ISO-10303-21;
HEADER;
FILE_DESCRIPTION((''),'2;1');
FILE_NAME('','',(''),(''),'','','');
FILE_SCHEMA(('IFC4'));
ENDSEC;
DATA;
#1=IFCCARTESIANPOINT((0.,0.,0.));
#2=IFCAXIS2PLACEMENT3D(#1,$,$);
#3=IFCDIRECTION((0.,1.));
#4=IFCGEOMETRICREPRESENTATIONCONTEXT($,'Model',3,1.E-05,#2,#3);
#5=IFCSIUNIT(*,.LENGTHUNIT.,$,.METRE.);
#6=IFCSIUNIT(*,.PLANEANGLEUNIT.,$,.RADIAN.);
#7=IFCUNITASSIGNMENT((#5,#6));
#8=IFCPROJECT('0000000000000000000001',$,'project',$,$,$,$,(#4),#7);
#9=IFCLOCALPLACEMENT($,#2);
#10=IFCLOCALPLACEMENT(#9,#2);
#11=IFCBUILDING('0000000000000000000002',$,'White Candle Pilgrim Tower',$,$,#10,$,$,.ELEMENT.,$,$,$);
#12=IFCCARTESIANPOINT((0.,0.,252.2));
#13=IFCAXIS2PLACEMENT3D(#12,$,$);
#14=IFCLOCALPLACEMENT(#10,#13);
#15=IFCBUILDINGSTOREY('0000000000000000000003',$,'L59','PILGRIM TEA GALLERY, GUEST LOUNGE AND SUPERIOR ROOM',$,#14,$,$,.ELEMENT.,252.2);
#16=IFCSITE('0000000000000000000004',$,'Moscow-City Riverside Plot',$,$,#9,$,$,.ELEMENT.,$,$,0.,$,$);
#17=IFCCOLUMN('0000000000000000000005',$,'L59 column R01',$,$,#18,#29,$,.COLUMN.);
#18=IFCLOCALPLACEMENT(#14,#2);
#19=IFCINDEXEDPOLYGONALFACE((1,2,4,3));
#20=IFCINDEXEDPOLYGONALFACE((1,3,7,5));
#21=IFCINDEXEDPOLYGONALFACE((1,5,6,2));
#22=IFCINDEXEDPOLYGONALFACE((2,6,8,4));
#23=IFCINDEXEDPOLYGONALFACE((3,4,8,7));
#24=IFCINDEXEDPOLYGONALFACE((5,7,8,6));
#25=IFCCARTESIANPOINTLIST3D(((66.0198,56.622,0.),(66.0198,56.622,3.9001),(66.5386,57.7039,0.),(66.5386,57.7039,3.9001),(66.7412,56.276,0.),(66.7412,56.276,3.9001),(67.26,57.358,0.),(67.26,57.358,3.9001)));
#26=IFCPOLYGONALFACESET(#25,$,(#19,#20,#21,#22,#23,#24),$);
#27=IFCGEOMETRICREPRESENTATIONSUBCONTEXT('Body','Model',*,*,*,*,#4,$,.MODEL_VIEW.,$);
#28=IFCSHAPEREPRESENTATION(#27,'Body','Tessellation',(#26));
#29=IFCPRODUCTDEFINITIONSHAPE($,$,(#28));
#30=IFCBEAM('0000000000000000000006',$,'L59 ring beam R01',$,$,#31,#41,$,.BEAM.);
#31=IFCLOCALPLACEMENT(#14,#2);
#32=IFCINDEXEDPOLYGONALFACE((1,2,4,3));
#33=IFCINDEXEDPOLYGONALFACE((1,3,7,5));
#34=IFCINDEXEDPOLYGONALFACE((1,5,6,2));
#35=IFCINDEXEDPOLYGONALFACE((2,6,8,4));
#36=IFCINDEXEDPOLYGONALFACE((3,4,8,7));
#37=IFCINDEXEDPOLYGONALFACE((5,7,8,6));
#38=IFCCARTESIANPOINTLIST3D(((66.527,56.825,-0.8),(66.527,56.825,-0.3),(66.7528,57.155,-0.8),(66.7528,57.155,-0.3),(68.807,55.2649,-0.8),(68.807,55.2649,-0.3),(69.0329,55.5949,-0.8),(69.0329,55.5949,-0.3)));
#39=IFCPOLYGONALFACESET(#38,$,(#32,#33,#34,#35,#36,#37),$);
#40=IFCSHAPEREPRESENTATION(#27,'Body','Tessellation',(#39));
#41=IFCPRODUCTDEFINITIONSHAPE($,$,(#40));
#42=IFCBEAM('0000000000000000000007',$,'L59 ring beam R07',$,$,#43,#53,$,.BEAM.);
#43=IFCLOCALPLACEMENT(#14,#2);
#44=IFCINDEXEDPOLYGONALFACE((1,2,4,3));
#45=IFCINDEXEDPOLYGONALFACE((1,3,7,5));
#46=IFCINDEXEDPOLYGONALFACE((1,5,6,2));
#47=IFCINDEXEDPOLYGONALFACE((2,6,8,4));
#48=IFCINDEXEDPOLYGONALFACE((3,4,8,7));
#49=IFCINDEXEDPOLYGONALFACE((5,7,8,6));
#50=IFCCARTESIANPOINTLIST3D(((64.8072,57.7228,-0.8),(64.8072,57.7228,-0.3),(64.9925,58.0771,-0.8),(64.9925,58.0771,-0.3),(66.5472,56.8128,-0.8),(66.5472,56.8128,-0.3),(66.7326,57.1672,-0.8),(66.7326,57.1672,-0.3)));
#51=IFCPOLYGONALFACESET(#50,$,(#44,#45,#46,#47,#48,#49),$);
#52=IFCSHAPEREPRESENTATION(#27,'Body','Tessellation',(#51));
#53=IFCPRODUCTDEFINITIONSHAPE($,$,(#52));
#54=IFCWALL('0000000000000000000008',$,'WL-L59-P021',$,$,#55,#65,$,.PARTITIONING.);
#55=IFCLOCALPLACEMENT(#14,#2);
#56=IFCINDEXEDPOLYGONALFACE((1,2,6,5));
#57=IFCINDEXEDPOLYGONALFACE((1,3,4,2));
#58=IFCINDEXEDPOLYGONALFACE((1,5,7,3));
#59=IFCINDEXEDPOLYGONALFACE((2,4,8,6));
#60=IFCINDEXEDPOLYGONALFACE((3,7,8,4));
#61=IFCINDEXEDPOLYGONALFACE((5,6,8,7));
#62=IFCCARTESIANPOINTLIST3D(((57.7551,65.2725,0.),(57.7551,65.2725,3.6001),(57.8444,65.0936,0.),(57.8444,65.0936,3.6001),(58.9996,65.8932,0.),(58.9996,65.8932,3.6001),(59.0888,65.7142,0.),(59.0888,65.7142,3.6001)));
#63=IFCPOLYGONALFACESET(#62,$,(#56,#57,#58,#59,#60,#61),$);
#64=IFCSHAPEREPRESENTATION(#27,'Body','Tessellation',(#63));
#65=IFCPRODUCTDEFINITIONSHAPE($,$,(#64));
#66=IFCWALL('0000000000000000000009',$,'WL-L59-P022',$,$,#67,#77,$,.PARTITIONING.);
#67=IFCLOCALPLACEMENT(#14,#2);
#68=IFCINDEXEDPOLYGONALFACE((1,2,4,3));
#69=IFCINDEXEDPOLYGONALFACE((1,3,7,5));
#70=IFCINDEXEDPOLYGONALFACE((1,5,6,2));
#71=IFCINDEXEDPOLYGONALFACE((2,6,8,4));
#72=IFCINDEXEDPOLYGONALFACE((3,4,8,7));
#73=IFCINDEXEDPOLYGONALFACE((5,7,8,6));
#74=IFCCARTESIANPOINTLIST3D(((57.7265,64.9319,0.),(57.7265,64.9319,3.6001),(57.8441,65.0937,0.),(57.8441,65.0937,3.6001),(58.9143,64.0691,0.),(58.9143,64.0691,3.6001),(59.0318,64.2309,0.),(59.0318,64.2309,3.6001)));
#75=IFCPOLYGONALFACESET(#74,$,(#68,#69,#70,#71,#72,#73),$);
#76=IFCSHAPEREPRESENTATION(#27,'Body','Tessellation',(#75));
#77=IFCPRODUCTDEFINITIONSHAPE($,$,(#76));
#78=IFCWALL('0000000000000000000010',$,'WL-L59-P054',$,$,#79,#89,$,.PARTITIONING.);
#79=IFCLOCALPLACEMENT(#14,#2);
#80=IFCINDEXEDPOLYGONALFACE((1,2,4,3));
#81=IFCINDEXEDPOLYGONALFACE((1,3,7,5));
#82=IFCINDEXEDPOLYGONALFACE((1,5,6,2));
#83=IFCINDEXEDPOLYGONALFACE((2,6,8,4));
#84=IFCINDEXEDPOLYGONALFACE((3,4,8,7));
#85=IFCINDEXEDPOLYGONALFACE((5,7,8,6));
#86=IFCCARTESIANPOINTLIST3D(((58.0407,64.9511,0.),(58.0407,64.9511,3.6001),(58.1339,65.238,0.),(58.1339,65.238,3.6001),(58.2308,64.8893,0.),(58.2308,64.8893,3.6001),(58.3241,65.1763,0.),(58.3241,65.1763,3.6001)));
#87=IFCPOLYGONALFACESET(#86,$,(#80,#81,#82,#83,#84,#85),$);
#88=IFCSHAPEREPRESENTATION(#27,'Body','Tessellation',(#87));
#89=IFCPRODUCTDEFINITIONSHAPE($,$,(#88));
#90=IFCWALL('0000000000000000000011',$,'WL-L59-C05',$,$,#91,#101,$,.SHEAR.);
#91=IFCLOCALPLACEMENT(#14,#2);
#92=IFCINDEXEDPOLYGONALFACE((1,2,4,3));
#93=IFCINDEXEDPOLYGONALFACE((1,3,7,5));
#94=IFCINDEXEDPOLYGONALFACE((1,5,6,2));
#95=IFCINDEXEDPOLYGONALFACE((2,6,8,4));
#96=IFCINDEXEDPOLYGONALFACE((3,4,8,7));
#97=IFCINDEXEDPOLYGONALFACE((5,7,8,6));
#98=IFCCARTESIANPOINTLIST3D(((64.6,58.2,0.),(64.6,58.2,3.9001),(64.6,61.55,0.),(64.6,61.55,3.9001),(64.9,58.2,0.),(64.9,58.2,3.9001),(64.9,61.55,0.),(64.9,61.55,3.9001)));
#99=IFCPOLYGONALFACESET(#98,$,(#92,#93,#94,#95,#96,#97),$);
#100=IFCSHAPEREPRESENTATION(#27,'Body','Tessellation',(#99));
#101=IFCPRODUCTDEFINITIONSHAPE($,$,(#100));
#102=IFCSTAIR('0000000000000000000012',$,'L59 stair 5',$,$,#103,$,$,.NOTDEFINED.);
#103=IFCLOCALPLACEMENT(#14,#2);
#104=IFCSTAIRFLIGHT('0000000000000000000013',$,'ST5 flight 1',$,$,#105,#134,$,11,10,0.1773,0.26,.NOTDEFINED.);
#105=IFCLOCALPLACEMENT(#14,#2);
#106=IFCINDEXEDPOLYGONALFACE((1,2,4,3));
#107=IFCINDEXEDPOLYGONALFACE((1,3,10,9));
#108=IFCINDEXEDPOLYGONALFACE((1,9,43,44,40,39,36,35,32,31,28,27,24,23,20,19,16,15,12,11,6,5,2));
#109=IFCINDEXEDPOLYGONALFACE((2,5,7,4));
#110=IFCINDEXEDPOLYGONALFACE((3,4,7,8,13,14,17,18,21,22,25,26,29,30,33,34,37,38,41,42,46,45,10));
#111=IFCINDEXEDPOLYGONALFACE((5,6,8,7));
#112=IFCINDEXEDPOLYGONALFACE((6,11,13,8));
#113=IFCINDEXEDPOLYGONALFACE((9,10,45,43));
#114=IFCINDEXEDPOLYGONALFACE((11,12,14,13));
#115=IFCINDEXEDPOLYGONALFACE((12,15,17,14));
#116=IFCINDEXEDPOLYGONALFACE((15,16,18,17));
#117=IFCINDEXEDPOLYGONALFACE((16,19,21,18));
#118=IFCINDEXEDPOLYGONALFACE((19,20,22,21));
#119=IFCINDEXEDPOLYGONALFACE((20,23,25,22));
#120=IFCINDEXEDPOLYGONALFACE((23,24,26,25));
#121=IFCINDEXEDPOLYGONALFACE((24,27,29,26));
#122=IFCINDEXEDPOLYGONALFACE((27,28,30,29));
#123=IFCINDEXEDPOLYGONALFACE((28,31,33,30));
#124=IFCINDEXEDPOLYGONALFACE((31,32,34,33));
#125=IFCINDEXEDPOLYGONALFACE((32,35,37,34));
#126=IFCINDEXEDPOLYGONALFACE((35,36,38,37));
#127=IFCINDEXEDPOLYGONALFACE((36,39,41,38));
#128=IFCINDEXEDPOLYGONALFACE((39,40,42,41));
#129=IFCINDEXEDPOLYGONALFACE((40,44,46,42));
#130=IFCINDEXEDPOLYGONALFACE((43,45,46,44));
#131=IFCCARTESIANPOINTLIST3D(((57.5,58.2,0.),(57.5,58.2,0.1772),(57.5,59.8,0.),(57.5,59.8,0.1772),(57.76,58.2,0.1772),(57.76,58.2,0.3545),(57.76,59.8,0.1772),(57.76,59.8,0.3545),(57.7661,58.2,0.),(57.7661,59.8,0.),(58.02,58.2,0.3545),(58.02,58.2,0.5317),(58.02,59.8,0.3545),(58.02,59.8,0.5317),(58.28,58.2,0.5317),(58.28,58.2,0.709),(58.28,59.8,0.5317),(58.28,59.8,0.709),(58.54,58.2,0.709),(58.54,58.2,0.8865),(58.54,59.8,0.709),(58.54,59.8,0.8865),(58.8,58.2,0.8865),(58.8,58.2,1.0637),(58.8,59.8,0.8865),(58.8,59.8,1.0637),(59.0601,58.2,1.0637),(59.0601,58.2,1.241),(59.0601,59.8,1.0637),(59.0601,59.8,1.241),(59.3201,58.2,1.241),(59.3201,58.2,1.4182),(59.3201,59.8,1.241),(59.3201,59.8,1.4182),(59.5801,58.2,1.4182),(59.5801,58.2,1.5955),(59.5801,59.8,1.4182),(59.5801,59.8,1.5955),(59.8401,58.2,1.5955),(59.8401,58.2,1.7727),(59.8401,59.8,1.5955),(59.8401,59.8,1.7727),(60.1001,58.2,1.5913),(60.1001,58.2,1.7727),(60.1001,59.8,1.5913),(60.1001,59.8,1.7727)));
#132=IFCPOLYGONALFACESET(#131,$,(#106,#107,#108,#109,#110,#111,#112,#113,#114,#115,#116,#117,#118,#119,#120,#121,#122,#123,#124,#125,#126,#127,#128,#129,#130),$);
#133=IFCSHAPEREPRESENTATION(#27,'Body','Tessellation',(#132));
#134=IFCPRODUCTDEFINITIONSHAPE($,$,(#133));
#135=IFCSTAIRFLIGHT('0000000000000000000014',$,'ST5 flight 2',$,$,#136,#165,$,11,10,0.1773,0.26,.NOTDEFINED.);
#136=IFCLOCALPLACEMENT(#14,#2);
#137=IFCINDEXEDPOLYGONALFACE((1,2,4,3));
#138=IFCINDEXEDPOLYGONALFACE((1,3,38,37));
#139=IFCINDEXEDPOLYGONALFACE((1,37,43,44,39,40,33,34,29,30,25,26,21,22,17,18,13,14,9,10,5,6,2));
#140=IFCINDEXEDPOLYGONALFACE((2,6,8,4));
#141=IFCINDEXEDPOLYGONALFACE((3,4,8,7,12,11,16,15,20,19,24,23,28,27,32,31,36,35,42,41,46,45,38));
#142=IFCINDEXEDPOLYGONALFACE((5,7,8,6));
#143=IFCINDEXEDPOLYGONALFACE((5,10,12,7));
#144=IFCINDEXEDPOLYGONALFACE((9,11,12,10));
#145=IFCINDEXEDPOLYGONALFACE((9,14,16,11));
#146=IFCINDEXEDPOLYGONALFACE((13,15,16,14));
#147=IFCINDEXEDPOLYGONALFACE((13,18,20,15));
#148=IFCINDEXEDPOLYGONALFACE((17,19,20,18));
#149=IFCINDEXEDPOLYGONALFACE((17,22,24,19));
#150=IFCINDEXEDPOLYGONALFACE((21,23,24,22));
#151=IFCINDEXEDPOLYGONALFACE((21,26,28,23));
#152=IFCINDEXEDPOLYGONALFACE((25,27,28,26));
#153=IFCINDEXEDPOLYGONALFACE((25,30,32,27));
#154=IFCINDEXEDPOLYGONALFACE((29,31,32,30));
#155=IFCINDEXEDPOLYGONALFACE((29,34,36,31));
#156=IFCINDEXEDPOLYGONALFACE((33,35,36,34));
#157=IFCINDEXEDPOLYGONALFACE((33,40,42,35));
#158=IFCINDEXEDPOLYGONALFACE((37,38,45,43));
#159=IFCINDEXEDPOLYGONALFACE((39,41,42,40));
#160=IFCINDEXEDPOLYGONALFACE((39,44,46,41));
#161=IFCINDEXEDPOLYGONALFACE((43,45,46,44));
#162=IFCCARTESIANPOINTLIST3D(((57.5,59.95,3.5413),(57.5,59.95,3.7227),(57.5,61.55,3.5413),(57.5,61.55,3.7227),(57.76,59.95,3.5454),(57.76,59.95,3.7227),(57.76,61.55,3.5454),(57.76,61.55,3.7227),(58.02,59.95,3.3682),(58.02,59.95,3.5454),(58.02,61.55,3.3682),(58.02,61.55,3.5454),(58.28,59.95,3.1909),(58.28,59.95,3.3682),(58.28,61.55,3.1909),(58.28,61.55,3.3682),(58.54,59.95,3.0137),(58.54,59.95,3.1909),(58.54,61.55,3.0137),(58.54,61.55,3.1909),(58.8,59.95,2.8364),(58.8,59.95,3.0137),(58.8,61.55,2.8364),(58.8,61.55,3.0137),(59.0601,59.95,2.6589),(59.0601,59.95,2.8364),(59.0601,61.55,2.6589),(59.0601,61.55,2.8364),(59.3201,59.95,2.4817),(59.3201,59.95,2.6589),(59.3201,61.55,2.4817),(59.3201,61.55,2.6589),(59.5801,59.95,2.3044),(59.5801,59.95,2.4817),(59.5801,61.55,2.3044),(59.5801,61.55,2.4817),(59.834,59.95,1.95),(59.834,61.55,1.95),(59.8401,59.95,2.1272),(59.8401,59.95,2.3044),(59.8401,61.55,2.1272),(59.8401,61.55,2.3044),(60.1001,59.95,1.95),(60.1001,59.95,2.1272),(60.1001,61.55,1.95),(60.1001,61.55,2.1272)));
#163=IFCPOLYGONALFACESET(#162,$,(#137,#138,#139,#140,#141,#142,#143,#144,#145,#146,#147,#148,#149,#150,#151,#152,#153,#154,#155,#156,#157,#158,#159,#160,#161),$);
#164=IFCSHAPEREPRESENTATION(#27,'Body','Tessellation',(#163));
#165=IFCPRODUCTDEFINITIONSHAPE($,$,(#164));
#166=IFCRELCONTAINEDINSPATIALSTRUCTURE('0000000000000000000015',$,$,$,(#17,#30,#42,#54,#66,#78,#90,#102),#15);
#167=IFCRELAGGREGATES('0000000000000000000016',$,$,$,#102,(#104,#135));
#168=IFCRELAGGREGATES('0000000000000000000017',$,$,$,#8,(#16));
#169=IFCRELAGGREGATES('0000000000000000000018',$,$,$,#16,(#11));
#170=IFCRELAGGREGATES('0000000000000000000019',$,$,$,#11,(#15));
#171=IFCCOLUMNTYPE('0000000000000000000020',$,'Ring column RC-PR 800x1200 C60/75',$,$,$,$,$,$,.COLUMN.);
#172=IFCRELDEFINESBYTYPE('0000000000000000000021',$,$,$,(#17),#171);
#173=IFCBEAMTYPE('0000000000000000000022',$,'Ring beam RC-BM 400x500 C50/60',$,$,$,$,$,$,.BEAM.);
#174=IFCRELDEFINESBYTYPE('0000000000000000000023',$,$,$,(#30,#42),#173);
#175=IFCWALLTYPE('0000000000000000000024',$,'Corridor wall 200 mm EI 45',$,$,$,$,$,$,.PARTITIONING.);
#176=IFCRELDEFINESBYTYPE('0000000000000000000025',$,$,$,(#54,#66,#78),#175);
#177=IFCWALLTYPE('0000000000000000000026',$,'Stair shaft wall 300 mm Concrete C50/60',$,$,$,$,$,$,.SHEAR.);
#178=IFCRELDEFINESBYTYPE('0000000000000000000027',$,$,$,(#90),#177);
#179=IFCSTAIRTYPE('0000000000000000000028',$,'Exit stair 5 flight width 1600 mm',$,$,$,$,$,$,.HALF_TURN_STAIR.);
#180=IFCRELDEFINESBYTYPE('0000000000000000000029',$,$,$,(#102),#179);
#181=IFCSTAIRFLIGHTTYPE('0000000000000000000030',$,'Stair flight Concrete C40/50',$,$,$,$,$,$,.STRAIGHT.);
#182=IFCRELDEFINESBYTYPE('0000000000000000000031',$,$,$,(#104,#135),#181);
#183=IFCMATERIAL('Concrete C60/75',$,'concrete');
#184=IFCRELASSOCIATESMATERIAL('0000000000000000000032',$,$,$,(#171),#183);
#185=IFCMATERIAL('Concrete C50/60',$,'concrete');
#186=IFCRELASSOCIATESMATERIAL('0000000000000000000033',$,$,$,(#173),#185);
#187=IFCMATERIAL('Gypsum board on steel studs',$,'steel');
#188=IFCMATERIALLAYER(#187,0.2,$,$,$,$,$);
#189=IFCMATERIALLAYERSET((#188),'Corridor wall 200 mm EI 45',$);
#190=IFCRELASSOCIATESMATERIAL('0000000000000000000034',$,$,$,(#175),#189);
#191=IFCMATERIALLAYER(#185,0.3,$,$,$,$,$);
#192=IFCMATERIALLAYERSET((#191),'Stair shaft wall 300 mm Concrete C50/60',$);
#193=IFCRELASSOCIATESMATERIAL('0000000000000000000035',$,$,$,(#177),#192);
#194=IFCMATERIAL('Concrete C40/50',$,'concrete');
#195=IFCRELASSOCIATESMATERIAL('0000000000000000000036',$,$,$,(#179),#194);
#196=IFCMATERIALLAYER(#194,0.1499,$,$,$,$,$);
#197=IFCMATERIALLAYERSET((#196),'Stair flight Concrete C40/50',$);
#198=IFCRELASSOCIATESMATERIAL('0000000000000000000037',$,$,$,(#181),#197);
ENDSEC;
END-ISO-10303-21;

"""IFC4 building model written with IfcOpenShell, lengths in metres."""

from ifc_helpers import new_model, si_unit, direction, frame, frame_2d, origin, origin_2d, place, context, subcontext, project, spatial, polyline, rectangle, outline, extrude, material, layer, layer_set, material_profile, profile_set, type_object, element, aggregate, save


model = new_model("IFC4")

# Units and contexts
model_context = context("Model", 3, precision=1e-05, world=origin(), true_north=direction((0.0, 1.0)))
body_context = subcontext(model_context, "Body", "Model", "MODEL_VIEW")
ifc_project = project(units=[si_unit("LENGTHUNIT", "METRE"), si_unit("PLANEANGLEUNIT", "RADIAN")], contexts=[model_context])

# Site, building, storey
site_placement = place(None, origin())
site = spatial("IfcSite", under=ifc_project, at=site_placement, Name="Moscow-City Riverside Plot", CompositionType="ELEMENT", RefElevation=0.0)
building_placement = place(site_placement, origin())
building = spatial("IfcBuilding", under=site, at=building_placement, Name="White Candle Pilgrim Tower", CompositionType="ELEMENT")
storey_placement = place(building_placement, frame((0.0, 0.0, 252.2)))
storey = spatial("IfcBuildingStorey", under=building, at=storey_placement, Name="L59", Description="PILGRIM TEA GALLERY, GUEST LOUNGE AND SUPERIOR ROOM", CompositionType="ELEMENT", Elevation=252.2)

# Column
ifc_material_1 = material(Name="Concrete C60/75", Category="concrete")
ifc_material_profile_1 = material_profile(ifc_material_1, rectangle(XDim=0.8, YDim=1.2, at=origin_2d()), Name="RC-PR 800x1200")
ifc_profile_set_1 = profile_set([ifc_material_profile_1], Name="Concrete C60/75")
column_type = type_object("IfcColumnType", Name="Ring column RC-PR 800x1200 C60/75", PredefinedType="COLUMN", material=ifc_profile_set_1)
column_placement = place(storey_placement, frame((66.6399, 56.99, 0.0), z_axis=(0.0, 0.0, 1.0), x_axis=(-0.901689, 0.432385, 0.0)))
element("IfcColumn", 1, at=column_placement, inside=storey, type_object=column_type, Name="L59 column R01", PredefinedType="COLUMN", context=body_context, shape_type="SweptSolid", body=[
    extrude(rectangle(XDim=0.8, YDim=1.2, at=origin_2d()), origin(), (0.0, 0.0, 1.0), 3.9001),
])

# Beams
ifc_material_2 = material(Name="Concrete C50/60", Category="concrete")
ifc_material_profile_2 = material_profile(ifc_material_2, rectangle(XDim=0.3999, YDim=0.5, at=origin_2d()), Name="RC-BM 400x500")
ifc_profile_set_2 = profile_set([ifc_material_profile_2], Name="Concrete C50/60")
beam_type = type_object("IfcBeamType", Name="Ring beam RC-BM 400x500 C50/60", PredefinedType="BEAM", material=ifc_profile_set_2)
beam_1_placement = place(storey_placement, frame((66.6399, 56.99, -0.55), z_axis=(0.825301, -0.564693, 0.0), x_axis=(0.564693, 0.825301, 0.0)))
element("IfcBeam", 2, at=beam_1_placement, inside=storey, type_object=beam_type, Name="L59 ring beam R01", PredefinedType="BEAM", context=body_context, shape_type="SweptSolid", body=[
    extrude(rectangle(XDim=0.3999, YDim=0.5, at=origin_2d()), origin(), (0.0, 0.0, 1.0), 2.7627),
])
beam_2_placement = place(storey_placement, frame((66.6399, 56.99, -0.55), z_axis=(-0.886148, 0.463403, 0.0), x_axis=(-0.463403, -0.886148, 0.0)))
element("IfcBeam", 3, at=beam_2_placement, inside=storey, type_object=beam_type, Name="L59 ring beam R07", PredefinedType="BEAM", context=body_context, shape_type="SweptSolid", body=[
    extrude(rectangle(XDim=0.3999, YDim=0.5, at=origin_2d()), origin(), (0.0, 0.0, 1.0), 1.9636),
])

# Walls
ifc_material_3 = material(Name="Gypsum board on steel studs", Category="steel")
ifc_layer_1 = layer(ifc_material_3, 0.2)
ifc_layer_set_1 = layer_set([ifc_layer_1], Name="Corridor wall 200 mm EI 45")
wall_type_1 = type_object("IfcWallType", Name="Corridor wall 200 mm EI 45", PredefinedType="PARTITIONING", material=ifc_layer_set_1)
wall_1_placement = place(storey_placement, frame((59.0442, 65.8037, 0.0), z_axis=(0.0, 0.0, 1.0), x_axis=(-0.894883, -0.4463, 0.0)))
element("IfcWall", 4, at=wall_1_placement, inside=storey, type_object=wall_type_1, Name="WL-L59-P021", PredefinedType="PARTITIONING", context=body_context, shape_type="SweptSolid", body=[
    extrude(rectangle(XDim=1.3906, YDim=0.2, at=frame_2d((0.6953, 0.0))), origin(), (0.0, 0.0, 1.0), 3.6001),
])
wall_2_placement = place(storey_placement, frame((57.7854, 65.0127, 0.0), z_axis=(0.0, 0.0, 1.0), x_axis=(0.809067, -0.587717, 0.0)))
element("IfcWall", 5, at=wall_2_placement, inside=storey, type_object=wall_type_1, Name="WL-L59-P022", PredefinedType="PARTITIONING", context=body_context, shape_type="SweptSolid", body=[
    extrude(rectangle(XDim=1.468, YDim=0.2, at=frame_2d((0.7339, 0.0))), origin(), (0.0, 0.0, 1.0), 3.6001),
])
wall_3_placement = place(storey_placement, frame((58.1357, 64.9202, 0.0), z_axis=(0.0, 0.0, 1.0), x_axis=(0.30894, 0.951082, 0.0)))
element("IfcWall", 6, at=wall_3_placement, inside=storey, type_object=wall_type_1, Name="WL-L59-P054", PredefinedType="PARTITIONING", context=body_context, shape_type="SweptSolid", body=[
    extrude(rectangle(XDim=0.3018, YDim=0.2, at=frame_2d((0.1509, 0.0))), origin(), (0.0, 0.0, 1.0), 3.6001),
])
ifc_layer_2 = layer(ifc_material_2, 0.3)
ifc_layer_set_2 = layer_set([ifc_layer_2], Name="Stair shaft wall 300 mm Concrete C50/60")
wall_type_2 = type_object("IfcWallType", Name="Stair shaft wall 300 mm Concrete C50/60", PredefinedType="SHEAR", material=ifc_layer_set_2)
wall_4_placement = place(storey_placement, frame((64.75, 58.2, 0.0), z_axis=(0.0, 0.0, 1.0), x_axis=(0.0, 1.0, 0.0)))
element("IfcWall", 7, at=wall_4_placement, inside=storey, type_object=wall_type_2, Name="WL-L59-C05", PredefinedType="SHEAR", context=body_context, shape_type="SweptSolid", body=[
    extrude(rectangle(XDim=3.3501, YDim=0.3, at=frame_2d((1.675, 0.0))), origin(), (0.0, 0.0, 1.0), 3.9001),
])

# Stair, stair flights
ifc_material_4 = material(Name="Concrete C40/50", Category="concrete")
stair_type = type_object("IfcStairType", Name="Exit stair 5 flight width 1600 mm", PredefinedType="HALF_TURN_STAIR", material=ifc_material_4)
stair_placement = place(storey_placement, origin())
stair = element("IfcStair", 8, at=stair_placement, inside=storey, type_object=stair_type, Name="L59 stair 5", PredefinedType="NOTDEFINED")
ifc_layer_3 = layer(ifc_material_4, 0.1499)
ifc_layer_set_3 = layer_set([ifc_layer_3], Name="Stair flight Concrete C40/50")
stair_flight_type = type_object("IfcStairFlightType", Name="Stair flight Concrete C40/50", PredefinedType="STRAIGHT", material=ifc_layer_set_3)
stair_flight_1_placement = place(storey_placement, frame((57.5, 59.0, 0.0), z_axis=(0.0, 0.0, 1.0), x_axis=(1.0, 0.0, 0.0)))
stair_flight_1 = element("IfcStairFlight", 9, at=stair_flight_1_placement, type_object=stair_flight_type, Name="ST5 flight 1", NumberOfRisers=11, NumberOfTreads=10, PredefinedType="NOTDEFINED", RiserHeight=0.1773, TreadLength=0.26, context=body_context, shape_type="SweptSolid", body=[
    extrude(outline(polyline([(0.0, 0.0), (0.0, 0.1772), (0.26, 0.1772), (0.26, 0.3545), (0.52, 0.3545), (0.52, 0.5317), (0.78, 0.5317), (0.78, 0.709), (1.04, 0.709), (1.04, 0.8865), (1.3, 0.8865), (1.3, 1.0637), (1.5601, 1.0637), (1.5601, 1.241), (1.8201, 1.241), (1.8201, 1.4182), (2.0801, 1.4182), (2.0801, 1.5955), (2.3401, 1.5955), (2.3401, 1.7727), (2.6001, 1.7727), (2.6001, 1.95), (2.6001, 1.5913), (0.2661, 0.0), (0.0, 0.0)])), frame((0.0, 0.8, 0.0), z_axis=(0.0, -1.0, 0.0), x_axis=(1.0, 0.0, 0.0)), (0.0, 0.0, 1.0), 1.6001),
])
stair_flight_2_placement = place(storey_placement, frame((60.1001, 60.75, 1.95), z_axis=(0.0, 0.0, 1.0), x_axis=(-1.0, 0.0, 0.0)))
stair_flight_2 = element("IfcStairFlight", 10, at=stair_flight_2_placement, type_object=stair_flight_type, Name="ST5 flight 2", NumberOfRisers=11, NumberOfTreads=10, PredefinedType="NOTDEFINED", RiserHeight=0.1773, TreadLength=0.26, context=body_context, shape_type="SweptSolid", body=[
    extrude(outline(polyline([(0.0, 0.0), (0.0, 0.1772), (0.26, 0.1772), (0.26, 0.3545), (0.52, 0.3545), (0.52, 0.5317), (0.78, 0.5317), (0.78, 0.709), (1.04, 0.709), (1.04, 0.8865), (1.3, 0.8865), (1.3, 1.0637), (1.5601, 1.0637), (1.5601, 1.241), (1.8201, 1.241), (1.8201, 1.4182), (2.0801, 1.4182), (2.0801, 1.5955), (2.3401, 1.5955), (2.3401, 1.7727), (2.6001, 1.7727), (2.6001, 1.95), (2.6001, 1.5913), (0.2661, 0.0), (0.0, 0.0)])), frame((0.0, 0.8, 0.0), z_axis=(0.0, -1.0, 0.0), x_axis=(1.0, 0.0, 0.0)), (0.0, 0.0, 1.0), 1.6001),
])
aggregate(stair, [stair_flight_1, stair_flight_2])

save(model, "model.ifc")
